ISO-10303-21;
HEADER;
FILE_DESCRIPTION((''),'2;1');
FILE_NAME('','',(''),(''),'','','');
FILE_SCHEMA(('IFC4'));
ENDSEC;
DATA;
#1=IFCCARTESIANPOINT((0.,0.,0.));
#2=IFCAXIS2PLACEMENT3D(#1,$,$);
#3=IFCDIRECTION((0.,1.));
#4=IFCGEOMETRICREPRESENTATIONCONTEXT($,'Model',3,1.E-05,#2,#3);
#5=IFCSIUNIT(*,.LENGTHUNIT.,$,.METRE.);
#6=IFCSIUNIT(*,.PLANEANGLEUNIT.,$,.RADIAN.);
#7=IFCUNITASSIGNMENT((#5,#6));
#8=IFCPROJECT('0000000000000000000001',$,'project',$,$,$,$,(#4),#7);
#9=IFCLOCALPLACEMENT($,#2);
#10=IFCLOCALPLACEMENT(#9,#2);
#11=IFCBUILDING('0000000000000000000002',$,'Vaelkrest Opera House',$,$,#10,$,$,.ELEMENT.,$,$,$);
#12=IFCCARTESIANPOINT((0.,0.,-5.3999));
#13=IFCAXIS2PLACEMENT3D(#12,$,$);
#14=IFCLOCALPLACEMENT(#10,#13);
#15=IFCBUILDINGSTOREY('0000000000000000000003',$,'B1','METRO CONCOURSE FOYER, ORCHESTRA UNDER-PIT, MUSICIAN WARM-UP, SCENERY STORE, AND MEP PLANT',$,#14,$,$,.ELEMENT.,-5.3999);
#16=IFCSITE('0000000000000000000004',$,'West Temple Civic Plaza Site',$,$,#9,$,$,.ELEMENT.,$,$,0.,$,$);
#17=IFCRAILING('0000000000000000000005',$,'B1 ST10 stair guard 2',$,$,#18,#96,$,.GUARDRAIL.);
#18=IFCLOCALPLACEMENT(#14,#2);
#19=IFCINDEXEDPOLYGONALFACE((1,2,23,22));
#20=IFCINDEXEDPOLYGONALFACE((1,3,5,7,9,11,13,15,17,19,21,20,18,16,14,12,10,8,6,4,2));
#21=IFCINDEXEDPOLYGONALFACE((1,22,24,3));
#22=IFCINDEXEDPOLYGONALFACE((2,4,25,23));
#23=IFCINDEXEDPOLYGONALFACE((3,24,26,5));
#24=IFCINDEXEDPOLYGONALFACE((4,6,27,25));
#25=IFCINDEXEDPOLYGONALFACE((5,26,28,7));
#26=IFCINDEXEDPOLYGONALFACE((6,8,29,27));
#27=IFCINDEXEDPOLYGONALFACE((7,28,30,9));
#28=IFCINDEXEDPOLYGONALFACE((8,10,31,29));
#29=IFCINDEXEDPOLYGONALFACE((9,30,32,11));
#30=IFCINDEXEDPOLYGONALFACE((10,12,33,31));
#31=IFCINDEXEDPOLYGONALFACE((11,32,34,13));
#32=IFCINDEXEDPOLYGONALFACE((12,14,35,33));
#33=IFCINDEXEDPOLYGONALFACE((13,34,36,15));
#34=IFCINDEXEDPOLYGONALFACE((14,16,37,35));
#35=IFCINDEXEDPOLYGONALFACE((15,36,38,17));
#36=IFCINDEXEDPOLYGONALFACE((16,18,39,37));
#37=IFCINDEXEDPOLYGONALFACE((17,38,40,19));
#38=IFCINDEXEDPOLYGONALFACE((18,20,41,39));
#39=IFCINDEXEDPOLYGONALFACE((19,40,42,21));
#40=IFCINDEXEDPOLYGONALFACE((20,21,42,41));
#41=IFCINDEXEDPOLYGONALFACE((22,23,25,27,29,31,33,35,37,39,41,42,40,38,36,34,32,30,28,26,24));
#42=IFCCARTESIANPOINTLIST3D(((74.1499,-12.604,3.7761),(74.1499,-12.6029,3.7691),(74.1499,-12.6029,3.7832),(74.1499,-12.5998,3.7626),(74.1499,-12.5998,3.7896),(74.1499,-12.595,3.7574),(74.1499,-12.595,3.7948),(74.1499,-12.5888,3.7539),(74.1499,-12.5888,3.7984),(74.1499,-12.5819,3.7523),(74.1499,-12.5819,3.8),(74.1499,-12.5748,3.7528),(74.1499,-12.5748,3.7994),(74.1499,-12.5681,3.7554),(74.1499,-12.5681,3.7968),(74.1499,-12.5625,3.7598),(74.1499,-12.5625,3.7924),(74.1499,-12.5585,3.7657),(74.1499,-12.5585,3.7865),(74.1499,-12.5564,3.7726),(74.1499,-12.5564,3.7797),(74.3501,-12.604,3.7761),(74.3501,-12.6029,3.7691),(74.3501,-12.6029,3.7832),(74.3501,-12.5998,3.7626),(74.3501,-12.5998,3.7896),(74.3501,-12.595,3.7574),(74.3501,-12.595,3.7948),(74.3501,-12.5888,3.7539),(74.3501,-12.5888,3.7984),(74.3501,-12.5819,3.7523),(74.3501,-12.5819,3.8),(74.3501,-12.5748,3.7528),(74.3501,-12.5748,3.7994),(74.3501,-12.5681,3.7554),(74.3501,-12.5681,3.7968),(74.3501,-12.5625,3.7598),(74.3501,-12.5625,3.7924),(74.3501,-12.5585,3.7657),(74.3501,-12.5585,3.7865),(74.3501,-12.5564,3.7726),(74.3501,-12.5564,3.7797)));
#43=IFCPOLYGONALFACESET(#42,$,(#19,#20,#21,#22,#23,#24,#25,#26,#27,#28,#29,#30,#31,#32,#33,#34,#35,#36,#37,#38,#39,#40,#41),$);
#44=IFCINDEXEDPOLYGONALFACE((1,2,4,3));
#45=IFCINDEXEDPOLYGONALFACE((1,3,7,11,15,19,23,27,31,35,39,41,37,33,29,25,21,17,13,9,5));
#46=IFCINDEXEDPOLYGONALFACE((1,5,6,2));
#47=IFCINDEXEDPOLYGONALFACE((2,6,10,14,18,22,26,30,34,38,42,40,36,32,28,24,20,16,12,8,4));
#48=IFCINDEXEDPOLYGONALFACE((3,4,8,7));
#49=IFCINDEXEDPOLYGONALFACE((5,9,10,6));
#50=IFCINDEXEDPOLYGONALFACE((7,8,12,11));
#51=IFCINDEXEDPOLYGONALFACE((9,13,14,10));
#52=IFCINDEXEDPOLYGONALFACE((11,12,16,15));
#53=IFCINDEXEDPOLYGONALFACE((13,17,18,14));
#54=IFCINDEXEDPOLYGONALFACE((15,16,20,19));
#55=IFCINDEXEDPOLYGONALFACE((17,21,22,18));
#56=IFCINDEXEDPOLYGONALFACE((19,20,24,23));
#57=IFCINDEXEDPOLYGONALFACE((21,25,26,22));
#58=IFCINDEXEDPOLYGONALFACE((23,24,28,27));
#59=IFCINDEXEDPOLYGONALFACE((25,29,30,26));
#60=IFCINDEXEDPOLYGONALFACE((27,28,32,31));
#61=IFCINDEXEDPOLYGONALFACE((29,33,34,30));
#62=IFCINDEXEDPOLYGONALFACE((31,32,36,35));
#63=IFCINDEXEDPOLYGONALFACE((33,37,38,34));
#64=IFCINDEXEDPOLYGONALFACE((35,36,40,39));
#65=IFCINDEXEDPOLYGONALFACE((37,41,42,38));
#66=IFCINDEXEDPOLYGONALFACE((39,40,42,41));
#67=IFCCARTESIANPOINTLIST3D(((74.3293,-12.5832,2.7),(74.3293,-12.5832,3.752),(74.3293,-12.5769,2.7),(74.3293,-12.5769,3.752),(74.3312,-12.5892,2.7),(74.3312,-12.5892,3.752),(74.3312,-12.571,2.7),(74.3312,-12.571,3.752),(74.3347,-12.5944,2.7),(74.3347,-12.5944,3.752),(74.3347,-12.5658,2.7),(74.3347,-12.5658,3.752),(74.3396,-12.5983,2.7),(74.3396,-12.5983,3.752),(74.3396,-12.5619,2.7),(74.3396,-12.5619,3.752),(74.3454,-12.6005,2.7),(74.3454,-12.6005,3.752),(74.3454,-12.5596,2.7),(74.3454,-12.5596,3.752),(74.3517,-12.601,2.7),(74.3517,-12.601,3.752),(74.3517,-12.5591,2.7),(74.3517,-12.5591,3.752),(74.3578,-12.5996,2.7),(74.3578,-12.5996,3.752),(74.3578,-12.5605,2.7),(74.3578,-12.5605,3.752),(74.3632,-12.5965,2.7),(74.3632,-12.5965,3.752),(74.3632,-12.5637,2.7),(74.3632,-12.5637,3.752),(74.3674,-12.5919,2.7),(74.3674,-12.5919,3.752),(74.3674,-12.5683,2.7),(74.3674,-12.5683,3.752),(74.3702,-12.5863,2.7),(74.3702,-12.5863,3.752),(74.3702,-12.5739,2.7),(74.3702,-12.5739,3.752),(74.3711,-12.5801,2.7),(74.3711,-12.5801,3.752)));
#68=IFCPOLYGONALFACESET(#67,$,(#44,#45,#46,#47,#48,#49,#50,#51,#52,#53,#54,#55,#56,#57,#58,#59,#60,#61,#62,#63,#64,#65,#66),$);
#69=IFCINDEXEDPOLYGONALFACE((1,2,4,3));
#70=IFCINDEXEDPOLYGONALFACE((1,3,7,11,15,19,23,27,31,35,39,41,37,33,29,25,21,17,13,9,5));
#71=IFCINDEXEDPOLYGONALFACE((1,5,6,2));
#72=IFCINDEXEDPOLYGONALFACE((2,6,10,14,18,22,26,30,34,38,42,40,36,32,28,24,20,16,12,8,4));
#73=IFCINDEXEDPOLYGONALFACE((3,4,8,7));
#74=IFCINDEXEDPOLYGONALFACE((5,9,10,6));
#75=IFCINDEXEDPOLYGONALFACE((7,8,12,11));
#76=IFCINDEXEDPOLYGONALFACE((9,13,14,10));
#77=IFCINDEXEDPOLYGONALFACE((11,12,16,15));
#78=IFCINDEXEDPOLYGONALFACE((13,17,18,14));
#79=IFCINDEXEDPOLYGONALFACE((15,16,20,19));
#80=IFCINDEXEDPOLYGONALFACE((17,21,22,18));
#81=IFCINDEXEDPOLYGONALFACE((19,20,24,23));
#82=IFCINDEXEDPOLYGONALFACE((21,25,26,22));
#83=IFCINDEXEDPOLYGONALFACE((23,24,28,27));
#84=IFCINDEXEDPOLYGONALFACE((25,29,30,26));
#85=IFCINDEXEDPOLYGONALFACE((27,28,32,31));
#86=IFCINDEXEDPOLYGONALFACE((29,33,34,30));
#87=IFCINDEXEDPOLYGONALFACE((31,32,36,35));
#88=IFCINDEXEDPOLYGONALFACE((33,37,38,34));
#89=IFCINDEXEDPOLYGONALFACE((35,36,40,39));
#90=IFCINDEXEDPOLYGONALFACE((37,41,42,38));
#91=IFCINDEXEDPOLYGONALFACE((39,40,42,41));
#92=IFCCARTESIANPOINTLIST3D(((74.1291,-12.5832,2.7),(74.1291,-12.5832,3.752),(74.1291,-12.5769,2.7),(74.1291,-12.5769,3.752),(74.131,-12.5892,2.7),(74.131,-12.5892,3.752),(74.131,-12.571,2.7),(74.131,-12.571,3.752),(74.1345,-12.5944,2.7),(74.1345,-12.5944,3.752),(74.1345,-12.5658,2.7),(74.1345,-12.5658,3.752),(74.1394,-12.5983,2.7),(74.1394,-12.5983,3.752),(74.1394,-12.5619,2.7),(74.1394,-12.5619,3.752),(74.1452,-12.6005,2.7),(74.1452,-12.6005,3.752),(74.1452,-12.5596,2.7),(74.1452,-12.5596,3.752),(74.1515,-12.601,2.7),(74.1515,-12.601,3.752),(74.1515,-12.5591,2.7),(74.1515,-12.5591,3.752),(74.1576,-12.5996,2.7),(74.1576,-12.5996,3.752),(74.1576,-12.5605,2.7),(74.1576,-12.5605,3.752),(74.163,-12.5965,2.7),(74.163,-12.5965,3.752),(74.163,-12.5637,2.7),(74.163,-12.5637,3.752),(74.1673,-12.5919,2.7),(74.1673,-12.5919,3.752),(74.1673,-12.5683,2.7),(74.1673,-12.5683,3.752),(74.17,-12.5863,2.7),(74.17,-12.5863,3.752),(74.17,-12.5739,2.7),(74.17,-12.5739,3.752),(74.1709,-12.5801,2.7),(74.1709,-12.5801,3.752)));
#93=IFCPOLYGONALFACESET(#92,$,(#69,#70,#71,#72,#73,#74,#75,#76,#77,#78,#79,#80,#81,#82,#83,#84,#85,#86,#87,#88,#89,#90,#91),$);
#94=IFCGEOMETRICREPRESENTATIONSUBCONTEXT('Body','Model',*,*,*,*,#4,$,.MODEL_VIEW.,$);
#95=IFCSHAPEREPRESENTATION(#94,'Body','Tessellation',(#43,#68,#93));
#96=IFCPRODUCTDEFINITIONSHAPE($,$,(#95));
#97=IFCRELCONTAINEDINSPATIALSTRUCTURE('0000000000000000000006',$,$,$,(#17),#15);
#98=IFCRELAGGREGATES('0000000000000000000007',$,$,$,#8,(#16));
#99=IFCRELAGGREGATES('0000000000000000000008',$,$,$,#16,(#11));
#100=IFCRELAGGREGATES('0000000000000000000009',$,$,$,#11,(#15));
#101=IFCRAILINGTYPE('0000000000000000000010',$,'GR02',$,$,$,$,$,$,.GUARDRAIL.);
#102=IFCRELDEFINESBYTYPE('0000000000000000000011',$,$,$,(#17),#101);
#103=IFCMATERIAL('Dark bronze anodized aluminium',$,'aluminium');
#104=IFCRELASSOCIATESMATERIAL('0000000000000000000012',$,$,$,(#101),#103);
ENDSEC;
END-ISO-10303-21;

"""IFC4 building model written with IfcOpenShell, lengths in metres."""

from ifc_helpers import new_model, si_unit, direction, frame, origin, origin_2d, place, context, subcontext, project, spatial, circle, extrude, material, type_object, element, save


model = new_model("IFC4")

# Units and contexts
model_context = context("Model", 3, precision=1e-05, world=origin(), true_north=direction((0.0, 1.0)))
body_context = subcontext(model_context, "Body", "Model", "MODEL_VIEW")
ifc_project = project(units=[si_unit("LENGTHUNIT", "METRE"), si_unit("PLANEANGLEUNIT", "RADIAN")], contexts=[model_context])

# Site, building, storey
site_placement = place(None, origin())
site = spatial("IfcSite", under=ifc_project, at=site_placement, Name="West Temple Civic Plaza Site", CompositionType="ELEMENT", RefElevation=0.0)
building_placement = place(site_placement, origin())
building = spatial("IfcBuilding", under=site, at=building_placement, Name="Vaelkrest Opera House", CompositionType="ELEMENT")
storey_placement = place(building_placement, frame((0.0, 0.0, -5.3999)))
storey = spatial("IfcBuildingStorey", under=building, at=storey_placement, Name="B1", Description="METRO CONCOURSE FOYER, ORCHESTRA UNDER-PIT, MUSICIAN WARM-UP, SCENERY STORE, AND MEP PLANT", CompositionType="ELEMENT", Elevation=-5.3999)

# Railing
ifc_material_1 = material(Name="Dark bronze anodized aluminium", Category="aluminium")
railing_type_1 = type_object("IfcRailingType", Name="GR02", PredefinedType="GUARDRAIL", material=ifc_material_1)
railing_1_placement = place(storey_placement, frame((74.3501, -12.5801, 2.7)))
element("IfcRailing", 1, at=railing_1_placement, inside=storey, type_object=railing_type_1, Name="B1 ST10 stair guard 2", PredefinedType="GUARDRAIL", context=body_context, shape_type="SweptSolid", body=[
    extrude(circle(Radius=0.0239, at=origin_2d()), frame((0.0, 0.0, 1.0762), z_axis=(-1.0, 0.0, 0.0), x_axis=(0.0, -1.0, 0.0)), (0.0, 0.0, 1.0), 0.2002),
    extrude(circle(Radius=0.021, at=origin_2d()), origin(), (0.0, 0.0, 1.0), 1.052),
    extrude(circle(Radius=0.021, at=origin_2d()), frame((-0.2002, 0.0, 0.0)), (0.0, 0.0, 1.0), 1.052),
])

save(model, "model.ifc")
